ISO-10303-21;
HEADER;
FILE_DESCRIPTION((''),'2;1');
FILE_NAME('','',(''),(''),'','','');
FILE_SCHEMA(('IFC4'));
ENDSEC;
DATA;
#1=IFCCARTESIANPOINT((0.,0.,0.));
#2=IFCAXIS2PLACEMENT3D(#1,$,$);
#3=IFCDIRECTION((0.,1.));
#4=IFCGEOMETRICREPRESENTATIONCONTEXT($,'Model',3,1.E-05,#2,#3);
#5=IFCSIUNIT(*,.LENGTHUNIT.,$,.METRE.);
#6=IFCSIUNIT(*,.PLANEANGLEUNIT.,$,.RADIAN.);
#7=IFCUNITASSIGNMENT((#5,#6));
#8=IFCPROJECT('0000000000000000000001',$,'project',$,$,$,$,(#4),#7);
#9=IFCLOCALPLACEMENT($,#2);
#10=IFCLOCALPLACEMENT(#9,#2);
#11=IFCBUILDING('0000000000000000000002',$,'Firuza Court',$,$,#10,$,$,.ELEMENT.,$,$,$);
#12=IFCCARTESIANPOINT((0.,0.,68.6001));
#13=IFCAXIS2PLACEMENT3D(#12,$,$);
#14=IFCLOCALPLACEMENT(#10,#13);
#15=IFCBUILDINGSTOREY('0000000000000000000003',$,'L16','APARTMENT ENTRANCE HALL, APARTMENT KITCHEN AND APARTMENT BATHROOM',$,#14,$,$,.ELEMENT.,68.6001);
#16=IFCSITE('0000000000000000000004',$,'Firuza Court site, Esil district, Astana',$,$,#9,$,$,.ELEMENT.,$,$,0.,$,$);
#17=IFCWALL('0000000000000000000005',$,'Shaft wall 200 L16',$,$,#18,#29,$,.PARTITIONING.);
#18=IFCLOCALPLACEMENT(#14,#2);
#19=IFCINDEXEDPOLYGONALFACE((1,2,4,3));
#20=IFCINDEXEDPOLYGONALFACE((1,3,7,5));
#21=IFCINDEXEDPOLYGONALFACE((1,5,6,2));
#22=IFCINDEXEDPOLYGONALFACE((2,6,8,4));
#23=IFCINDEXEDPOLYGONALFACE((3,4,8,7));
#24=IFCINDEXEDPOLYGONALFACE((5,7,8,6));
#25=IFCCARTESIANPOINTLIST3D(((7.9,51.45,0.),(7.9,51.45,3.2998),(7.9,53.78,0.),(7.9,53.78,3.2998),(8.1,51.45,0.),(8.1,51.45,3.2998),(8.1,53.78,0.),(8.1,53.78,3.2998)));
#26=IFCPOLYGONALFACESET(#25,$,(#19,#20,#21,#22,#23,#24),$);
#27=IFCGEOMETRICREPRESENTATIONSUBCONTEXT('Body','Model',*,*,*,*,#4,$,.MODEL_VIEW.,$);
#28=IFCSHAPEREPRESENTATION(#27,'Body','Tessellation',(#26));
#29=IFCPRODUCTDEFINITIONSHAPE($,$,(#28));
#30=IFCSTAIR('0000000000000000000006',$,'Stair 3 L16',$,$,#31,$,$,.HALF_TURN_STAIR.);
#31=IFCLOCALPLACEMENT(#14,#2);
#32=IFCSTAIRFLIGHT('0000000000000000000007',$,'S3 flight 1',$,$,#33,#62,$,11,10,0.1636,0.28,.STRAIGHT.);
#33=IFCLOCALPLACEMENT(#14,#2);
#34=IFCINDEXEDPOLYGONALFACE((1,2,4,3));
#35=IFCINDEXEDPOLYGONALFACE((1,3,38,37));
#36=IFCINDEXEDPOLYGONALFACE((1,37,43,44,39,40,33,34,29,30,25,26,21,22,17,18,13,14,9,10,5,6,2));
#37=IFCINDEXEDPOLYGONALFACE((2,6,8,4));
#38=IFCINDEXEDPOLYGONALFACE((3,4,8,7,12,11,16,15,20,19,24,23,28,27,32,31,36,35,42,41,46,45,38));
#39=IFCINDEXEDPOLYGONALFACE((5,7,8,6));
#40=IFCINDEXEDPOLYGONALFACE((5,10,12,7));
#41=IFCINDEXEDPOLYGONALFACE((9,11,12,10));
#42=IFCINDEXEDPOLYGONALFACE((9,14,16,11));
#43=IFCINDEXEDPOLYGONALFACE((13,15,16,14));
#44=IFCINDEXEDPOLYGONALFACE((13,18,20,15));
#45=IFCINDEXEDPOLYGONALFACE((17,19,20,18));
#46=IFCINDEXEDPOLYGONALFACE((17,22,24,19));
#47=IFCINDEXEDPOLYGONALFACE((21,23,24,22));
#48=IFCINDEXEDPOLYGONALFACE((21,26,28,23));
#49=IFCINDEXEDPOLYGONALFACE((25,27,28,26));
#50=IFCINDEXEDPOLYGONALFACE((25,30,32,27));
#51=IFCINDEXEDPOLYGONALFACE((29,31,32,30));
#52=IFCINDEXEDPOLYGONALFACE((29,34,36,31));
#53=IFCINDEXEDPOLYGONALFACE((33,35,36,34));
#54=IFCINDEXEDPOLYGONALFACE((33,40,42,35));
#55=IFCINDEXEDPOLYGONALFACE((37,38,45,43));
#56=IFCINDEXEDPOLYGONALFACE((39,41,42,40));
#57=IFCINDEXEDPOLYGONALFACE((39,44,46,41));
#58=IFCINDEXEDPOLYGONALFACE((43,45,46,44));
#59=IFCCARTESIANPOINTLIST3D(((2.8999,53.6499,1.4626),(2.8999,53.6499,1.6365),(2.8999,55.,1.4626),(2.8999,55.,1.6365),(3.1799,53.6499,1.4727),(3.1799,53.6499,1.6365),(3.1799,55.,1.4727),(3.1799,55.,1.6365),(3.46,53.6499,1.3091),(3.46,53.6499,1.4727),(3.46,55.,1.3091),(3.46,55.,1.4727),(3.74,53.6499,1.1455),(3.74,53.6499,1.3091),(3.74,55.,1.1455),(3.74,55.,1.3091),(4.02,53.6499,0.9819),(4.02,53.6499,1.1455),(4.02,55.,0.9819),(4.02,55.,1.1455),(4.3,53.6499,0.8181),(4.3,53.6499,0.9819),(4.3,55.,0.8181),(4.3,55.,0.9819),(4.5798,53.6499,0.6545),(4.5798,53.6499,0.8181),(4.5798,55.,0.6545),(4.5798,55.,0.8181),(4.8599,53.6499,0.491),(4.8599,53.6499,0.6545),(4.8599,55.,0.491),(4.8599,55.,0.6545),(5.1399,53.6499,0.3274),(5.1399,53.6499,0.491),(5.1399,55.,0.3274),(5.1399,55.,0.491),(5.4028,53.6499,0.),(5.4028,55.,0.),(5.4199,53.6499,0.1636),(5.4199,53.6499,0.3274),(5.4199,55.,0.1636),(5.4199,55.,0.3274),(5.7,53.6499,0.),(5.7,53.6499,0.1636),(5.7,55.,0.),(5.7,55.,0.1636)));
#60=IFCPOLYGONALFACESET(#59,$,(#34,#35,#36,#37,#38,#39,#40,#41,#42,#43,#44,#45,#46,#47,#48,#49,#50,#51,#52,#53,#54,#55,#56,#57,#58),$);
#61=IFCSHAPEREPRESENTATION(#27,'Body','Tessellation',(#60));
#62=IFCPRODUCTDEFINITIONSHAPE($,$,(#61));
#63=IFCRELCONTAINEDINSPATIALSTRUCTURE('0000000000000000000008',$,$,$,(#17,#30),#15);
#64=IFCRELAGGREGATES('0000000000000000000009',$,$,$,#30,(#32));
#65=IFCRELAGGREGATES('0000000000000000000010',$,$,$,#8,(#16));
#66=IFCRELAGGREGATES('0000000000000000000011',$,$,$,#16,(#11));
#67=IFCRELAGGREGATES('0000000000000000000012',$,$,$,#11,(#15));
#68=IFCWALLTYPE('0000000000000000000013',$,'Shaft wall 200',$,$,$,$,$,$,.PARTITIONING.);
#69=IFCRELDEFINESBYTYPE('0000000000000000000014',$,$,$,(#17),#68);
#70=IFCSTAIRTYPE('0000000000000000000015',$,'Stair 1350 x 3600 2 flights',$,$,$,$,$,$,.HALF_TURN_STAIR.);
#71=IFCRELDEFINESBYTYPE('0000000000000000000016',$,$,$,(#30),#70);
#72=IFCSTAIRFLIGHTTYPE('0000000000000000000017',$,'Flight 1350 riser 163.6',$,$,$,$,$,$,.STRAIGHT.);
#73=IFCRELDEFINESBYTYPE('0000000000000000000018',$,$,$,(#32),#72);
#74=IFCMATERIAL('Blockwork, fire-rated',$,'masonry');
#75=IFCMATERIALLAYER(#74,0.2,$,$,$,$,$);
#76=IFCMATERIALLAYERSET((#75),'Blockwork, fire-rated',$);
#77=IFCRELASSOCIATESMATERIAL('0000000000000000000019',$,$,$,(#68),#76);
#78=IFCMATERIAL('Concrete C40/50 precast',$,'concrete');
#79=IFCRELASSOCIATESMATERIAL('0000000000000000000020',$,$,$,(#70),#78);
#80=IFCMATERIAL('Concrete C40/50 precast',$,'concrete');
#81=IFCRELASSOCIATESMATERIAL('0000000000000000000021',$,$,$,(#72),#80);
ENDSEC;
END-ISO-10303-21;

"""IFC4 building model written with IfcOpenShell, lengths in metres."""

from ifc_helpers import new_model, si_unit, direction, frame, frame_2d, origin, place, context, subcontext, project, spatial, polyline, rectangle, outline, extrude, material, layer, layer_set, type_object, element, aggregate, save


model = new_model("IFC4")

# Units and contexts
model_context = context("Model", 3, precision=1e-05, world=origin(), true_north=direction((0.0, 1.0)))
body_context = subcontext(model_context, "Body", "Model", "MODEL_VIEW")
ifc_project = project(units=[si_unit("LENGTHUNIT", "METRE"), si_unit("PLANEANGLEUNIT", "RADIAN")], contexts=[model_context])

# Site, building, storey
site_placement = place(None, origin())
site = spatial("IfcSite", under=ifc_project, at=site_placement, Name="Firuza Court site, Esil district, Astana", CompositionType="ELEMENT", RefElevation=0.0)
building_placement = place(site_placement, origin())
building = spatial("IfcBuilding", under=site, at=building_placement, Name="Firuza Court", CompositionType="ELEMENT")
storey_placement = place(building_placement, frame((0.0, 0.0, 68.6001)))
storey = spatial("IfcBuildingStorey", under=building, at=storey_placement, Name="L16", Description="APARTMENT ENTRANCE HALL, APARTMENT KITCHEN AND APARTMENT BATHROOM", CompositionType="ELEMENT", Elevation=68.6001)

# Wall
ifc_material_1 = material(Name="Blockwork, fire-rated", Category="masonry")
ifc_layer_1 = layer(ifc_material_1, 0.2)
ifc_layer_set_1 = layer_set([ifc_layer_1], Name="Blockwork, fire-rated")
wall_type_1 = type_object("IfcWallType", Name="Shaft wall 200", PredefinedType="PARTITIONING", material=ifc_layer_set_1)
wall_1_placement = place(storey_placement, frame((8.0, 51.45, 0.0), z_axis=(0.0, 0.0, 1.0), x_axis=(0.0, 1.0, 0.0)))
element("IfcWall", 1, at=wall_1_placement, inside=storey, type_object=wall_type_1, Name="Shaft wall 200 L16", PredefinedType="PARTITIONING", context=body_context, shape_type="SweptSolid", body=[
    extrude(rectangle(XDim=2.3301, YDim=0.2, at=frame_2d((1.165, 0.0))), origin(), (0.0, 0.0, 1.0), 3.2998),
])

# Stair, stair flight
ifc_material_2 = material(Name="Concrete C40/50 precast", Category="concrete")
stair_type = type_object("IfcStairType", Name="Stair 1350 x 3600 2 flights", PredefinedType="HALF_TURN_STAIR", material=ifc_material_2)
stair_placement = place(storey_placement, origin())
stair = element("IfcStair", 2, at=stair_placement, inside=storey, type_object=stair_type, Name="Stair 3 L16", PredefinedType="HALF_TURN_STAIR")
ifc_material_3 = material(Name="Concrete C40/50 precast", Category="concrete")
stair_flight_type = type_object("IfcStairFlightType", Name="Flight 1350 riser 163.6", PredefinedType="STRAIGHT", material=ifc_material_3)
stair_flight_placement = place(storey_placement, frame((5.7, 54.325, 0.0), z_axis=(0.0, 0.0, 1.0), x_axis=(-1.0, 0.0, 0.0)))
stair_flight = element("IfcStairFlight", 3, at=stair_flight_placement, type_object=stair_flight_type, Name="S3 flight 1", NumberOfRisers=11, NumberOfTreads=10, PredefinedType="STRAIGHT", RiserHeight=0.1636, TreadLength=0.28, context=body_context, shape_type="SweptSolid", body=[
    extrude(outline(polyline([(0.0, 0.0), (0.0, 0.1636), (0.28, 0.1636), (0.28, 0.3274), (0.5601, 0.3274), (0.5601, 0.491), (0.8401, 0.491), (0.8401, 0.6545), (1.1201, 0.6545), (1.1201, 0.8181), (1.3999, 0.8181), (1.3999, 0.9819), (1.6799, 0.9819), (1.6799, 1.1455), (1.96, 1.1455), (1.96, 1.3091), (2.24, 1.3091), (2.24, 1.4727), (2.52, 1.4727), (2.52, 1.6365), (2.8, 1.6365), (2.8, 1.8), (2.8, 1.4626), (0.2971, 0.0), (0.0, 0.0)])), frame((0.0, 0.675, 0.0), z_axis=(0.0, -1.0, 0.0), x_axis=(1.0, 0.0, 0.0)), (0.0, 0.0, 1.0), 1.3501),
])
aggregate(stair, [stair_flight])

save(model, "model.ifc")
